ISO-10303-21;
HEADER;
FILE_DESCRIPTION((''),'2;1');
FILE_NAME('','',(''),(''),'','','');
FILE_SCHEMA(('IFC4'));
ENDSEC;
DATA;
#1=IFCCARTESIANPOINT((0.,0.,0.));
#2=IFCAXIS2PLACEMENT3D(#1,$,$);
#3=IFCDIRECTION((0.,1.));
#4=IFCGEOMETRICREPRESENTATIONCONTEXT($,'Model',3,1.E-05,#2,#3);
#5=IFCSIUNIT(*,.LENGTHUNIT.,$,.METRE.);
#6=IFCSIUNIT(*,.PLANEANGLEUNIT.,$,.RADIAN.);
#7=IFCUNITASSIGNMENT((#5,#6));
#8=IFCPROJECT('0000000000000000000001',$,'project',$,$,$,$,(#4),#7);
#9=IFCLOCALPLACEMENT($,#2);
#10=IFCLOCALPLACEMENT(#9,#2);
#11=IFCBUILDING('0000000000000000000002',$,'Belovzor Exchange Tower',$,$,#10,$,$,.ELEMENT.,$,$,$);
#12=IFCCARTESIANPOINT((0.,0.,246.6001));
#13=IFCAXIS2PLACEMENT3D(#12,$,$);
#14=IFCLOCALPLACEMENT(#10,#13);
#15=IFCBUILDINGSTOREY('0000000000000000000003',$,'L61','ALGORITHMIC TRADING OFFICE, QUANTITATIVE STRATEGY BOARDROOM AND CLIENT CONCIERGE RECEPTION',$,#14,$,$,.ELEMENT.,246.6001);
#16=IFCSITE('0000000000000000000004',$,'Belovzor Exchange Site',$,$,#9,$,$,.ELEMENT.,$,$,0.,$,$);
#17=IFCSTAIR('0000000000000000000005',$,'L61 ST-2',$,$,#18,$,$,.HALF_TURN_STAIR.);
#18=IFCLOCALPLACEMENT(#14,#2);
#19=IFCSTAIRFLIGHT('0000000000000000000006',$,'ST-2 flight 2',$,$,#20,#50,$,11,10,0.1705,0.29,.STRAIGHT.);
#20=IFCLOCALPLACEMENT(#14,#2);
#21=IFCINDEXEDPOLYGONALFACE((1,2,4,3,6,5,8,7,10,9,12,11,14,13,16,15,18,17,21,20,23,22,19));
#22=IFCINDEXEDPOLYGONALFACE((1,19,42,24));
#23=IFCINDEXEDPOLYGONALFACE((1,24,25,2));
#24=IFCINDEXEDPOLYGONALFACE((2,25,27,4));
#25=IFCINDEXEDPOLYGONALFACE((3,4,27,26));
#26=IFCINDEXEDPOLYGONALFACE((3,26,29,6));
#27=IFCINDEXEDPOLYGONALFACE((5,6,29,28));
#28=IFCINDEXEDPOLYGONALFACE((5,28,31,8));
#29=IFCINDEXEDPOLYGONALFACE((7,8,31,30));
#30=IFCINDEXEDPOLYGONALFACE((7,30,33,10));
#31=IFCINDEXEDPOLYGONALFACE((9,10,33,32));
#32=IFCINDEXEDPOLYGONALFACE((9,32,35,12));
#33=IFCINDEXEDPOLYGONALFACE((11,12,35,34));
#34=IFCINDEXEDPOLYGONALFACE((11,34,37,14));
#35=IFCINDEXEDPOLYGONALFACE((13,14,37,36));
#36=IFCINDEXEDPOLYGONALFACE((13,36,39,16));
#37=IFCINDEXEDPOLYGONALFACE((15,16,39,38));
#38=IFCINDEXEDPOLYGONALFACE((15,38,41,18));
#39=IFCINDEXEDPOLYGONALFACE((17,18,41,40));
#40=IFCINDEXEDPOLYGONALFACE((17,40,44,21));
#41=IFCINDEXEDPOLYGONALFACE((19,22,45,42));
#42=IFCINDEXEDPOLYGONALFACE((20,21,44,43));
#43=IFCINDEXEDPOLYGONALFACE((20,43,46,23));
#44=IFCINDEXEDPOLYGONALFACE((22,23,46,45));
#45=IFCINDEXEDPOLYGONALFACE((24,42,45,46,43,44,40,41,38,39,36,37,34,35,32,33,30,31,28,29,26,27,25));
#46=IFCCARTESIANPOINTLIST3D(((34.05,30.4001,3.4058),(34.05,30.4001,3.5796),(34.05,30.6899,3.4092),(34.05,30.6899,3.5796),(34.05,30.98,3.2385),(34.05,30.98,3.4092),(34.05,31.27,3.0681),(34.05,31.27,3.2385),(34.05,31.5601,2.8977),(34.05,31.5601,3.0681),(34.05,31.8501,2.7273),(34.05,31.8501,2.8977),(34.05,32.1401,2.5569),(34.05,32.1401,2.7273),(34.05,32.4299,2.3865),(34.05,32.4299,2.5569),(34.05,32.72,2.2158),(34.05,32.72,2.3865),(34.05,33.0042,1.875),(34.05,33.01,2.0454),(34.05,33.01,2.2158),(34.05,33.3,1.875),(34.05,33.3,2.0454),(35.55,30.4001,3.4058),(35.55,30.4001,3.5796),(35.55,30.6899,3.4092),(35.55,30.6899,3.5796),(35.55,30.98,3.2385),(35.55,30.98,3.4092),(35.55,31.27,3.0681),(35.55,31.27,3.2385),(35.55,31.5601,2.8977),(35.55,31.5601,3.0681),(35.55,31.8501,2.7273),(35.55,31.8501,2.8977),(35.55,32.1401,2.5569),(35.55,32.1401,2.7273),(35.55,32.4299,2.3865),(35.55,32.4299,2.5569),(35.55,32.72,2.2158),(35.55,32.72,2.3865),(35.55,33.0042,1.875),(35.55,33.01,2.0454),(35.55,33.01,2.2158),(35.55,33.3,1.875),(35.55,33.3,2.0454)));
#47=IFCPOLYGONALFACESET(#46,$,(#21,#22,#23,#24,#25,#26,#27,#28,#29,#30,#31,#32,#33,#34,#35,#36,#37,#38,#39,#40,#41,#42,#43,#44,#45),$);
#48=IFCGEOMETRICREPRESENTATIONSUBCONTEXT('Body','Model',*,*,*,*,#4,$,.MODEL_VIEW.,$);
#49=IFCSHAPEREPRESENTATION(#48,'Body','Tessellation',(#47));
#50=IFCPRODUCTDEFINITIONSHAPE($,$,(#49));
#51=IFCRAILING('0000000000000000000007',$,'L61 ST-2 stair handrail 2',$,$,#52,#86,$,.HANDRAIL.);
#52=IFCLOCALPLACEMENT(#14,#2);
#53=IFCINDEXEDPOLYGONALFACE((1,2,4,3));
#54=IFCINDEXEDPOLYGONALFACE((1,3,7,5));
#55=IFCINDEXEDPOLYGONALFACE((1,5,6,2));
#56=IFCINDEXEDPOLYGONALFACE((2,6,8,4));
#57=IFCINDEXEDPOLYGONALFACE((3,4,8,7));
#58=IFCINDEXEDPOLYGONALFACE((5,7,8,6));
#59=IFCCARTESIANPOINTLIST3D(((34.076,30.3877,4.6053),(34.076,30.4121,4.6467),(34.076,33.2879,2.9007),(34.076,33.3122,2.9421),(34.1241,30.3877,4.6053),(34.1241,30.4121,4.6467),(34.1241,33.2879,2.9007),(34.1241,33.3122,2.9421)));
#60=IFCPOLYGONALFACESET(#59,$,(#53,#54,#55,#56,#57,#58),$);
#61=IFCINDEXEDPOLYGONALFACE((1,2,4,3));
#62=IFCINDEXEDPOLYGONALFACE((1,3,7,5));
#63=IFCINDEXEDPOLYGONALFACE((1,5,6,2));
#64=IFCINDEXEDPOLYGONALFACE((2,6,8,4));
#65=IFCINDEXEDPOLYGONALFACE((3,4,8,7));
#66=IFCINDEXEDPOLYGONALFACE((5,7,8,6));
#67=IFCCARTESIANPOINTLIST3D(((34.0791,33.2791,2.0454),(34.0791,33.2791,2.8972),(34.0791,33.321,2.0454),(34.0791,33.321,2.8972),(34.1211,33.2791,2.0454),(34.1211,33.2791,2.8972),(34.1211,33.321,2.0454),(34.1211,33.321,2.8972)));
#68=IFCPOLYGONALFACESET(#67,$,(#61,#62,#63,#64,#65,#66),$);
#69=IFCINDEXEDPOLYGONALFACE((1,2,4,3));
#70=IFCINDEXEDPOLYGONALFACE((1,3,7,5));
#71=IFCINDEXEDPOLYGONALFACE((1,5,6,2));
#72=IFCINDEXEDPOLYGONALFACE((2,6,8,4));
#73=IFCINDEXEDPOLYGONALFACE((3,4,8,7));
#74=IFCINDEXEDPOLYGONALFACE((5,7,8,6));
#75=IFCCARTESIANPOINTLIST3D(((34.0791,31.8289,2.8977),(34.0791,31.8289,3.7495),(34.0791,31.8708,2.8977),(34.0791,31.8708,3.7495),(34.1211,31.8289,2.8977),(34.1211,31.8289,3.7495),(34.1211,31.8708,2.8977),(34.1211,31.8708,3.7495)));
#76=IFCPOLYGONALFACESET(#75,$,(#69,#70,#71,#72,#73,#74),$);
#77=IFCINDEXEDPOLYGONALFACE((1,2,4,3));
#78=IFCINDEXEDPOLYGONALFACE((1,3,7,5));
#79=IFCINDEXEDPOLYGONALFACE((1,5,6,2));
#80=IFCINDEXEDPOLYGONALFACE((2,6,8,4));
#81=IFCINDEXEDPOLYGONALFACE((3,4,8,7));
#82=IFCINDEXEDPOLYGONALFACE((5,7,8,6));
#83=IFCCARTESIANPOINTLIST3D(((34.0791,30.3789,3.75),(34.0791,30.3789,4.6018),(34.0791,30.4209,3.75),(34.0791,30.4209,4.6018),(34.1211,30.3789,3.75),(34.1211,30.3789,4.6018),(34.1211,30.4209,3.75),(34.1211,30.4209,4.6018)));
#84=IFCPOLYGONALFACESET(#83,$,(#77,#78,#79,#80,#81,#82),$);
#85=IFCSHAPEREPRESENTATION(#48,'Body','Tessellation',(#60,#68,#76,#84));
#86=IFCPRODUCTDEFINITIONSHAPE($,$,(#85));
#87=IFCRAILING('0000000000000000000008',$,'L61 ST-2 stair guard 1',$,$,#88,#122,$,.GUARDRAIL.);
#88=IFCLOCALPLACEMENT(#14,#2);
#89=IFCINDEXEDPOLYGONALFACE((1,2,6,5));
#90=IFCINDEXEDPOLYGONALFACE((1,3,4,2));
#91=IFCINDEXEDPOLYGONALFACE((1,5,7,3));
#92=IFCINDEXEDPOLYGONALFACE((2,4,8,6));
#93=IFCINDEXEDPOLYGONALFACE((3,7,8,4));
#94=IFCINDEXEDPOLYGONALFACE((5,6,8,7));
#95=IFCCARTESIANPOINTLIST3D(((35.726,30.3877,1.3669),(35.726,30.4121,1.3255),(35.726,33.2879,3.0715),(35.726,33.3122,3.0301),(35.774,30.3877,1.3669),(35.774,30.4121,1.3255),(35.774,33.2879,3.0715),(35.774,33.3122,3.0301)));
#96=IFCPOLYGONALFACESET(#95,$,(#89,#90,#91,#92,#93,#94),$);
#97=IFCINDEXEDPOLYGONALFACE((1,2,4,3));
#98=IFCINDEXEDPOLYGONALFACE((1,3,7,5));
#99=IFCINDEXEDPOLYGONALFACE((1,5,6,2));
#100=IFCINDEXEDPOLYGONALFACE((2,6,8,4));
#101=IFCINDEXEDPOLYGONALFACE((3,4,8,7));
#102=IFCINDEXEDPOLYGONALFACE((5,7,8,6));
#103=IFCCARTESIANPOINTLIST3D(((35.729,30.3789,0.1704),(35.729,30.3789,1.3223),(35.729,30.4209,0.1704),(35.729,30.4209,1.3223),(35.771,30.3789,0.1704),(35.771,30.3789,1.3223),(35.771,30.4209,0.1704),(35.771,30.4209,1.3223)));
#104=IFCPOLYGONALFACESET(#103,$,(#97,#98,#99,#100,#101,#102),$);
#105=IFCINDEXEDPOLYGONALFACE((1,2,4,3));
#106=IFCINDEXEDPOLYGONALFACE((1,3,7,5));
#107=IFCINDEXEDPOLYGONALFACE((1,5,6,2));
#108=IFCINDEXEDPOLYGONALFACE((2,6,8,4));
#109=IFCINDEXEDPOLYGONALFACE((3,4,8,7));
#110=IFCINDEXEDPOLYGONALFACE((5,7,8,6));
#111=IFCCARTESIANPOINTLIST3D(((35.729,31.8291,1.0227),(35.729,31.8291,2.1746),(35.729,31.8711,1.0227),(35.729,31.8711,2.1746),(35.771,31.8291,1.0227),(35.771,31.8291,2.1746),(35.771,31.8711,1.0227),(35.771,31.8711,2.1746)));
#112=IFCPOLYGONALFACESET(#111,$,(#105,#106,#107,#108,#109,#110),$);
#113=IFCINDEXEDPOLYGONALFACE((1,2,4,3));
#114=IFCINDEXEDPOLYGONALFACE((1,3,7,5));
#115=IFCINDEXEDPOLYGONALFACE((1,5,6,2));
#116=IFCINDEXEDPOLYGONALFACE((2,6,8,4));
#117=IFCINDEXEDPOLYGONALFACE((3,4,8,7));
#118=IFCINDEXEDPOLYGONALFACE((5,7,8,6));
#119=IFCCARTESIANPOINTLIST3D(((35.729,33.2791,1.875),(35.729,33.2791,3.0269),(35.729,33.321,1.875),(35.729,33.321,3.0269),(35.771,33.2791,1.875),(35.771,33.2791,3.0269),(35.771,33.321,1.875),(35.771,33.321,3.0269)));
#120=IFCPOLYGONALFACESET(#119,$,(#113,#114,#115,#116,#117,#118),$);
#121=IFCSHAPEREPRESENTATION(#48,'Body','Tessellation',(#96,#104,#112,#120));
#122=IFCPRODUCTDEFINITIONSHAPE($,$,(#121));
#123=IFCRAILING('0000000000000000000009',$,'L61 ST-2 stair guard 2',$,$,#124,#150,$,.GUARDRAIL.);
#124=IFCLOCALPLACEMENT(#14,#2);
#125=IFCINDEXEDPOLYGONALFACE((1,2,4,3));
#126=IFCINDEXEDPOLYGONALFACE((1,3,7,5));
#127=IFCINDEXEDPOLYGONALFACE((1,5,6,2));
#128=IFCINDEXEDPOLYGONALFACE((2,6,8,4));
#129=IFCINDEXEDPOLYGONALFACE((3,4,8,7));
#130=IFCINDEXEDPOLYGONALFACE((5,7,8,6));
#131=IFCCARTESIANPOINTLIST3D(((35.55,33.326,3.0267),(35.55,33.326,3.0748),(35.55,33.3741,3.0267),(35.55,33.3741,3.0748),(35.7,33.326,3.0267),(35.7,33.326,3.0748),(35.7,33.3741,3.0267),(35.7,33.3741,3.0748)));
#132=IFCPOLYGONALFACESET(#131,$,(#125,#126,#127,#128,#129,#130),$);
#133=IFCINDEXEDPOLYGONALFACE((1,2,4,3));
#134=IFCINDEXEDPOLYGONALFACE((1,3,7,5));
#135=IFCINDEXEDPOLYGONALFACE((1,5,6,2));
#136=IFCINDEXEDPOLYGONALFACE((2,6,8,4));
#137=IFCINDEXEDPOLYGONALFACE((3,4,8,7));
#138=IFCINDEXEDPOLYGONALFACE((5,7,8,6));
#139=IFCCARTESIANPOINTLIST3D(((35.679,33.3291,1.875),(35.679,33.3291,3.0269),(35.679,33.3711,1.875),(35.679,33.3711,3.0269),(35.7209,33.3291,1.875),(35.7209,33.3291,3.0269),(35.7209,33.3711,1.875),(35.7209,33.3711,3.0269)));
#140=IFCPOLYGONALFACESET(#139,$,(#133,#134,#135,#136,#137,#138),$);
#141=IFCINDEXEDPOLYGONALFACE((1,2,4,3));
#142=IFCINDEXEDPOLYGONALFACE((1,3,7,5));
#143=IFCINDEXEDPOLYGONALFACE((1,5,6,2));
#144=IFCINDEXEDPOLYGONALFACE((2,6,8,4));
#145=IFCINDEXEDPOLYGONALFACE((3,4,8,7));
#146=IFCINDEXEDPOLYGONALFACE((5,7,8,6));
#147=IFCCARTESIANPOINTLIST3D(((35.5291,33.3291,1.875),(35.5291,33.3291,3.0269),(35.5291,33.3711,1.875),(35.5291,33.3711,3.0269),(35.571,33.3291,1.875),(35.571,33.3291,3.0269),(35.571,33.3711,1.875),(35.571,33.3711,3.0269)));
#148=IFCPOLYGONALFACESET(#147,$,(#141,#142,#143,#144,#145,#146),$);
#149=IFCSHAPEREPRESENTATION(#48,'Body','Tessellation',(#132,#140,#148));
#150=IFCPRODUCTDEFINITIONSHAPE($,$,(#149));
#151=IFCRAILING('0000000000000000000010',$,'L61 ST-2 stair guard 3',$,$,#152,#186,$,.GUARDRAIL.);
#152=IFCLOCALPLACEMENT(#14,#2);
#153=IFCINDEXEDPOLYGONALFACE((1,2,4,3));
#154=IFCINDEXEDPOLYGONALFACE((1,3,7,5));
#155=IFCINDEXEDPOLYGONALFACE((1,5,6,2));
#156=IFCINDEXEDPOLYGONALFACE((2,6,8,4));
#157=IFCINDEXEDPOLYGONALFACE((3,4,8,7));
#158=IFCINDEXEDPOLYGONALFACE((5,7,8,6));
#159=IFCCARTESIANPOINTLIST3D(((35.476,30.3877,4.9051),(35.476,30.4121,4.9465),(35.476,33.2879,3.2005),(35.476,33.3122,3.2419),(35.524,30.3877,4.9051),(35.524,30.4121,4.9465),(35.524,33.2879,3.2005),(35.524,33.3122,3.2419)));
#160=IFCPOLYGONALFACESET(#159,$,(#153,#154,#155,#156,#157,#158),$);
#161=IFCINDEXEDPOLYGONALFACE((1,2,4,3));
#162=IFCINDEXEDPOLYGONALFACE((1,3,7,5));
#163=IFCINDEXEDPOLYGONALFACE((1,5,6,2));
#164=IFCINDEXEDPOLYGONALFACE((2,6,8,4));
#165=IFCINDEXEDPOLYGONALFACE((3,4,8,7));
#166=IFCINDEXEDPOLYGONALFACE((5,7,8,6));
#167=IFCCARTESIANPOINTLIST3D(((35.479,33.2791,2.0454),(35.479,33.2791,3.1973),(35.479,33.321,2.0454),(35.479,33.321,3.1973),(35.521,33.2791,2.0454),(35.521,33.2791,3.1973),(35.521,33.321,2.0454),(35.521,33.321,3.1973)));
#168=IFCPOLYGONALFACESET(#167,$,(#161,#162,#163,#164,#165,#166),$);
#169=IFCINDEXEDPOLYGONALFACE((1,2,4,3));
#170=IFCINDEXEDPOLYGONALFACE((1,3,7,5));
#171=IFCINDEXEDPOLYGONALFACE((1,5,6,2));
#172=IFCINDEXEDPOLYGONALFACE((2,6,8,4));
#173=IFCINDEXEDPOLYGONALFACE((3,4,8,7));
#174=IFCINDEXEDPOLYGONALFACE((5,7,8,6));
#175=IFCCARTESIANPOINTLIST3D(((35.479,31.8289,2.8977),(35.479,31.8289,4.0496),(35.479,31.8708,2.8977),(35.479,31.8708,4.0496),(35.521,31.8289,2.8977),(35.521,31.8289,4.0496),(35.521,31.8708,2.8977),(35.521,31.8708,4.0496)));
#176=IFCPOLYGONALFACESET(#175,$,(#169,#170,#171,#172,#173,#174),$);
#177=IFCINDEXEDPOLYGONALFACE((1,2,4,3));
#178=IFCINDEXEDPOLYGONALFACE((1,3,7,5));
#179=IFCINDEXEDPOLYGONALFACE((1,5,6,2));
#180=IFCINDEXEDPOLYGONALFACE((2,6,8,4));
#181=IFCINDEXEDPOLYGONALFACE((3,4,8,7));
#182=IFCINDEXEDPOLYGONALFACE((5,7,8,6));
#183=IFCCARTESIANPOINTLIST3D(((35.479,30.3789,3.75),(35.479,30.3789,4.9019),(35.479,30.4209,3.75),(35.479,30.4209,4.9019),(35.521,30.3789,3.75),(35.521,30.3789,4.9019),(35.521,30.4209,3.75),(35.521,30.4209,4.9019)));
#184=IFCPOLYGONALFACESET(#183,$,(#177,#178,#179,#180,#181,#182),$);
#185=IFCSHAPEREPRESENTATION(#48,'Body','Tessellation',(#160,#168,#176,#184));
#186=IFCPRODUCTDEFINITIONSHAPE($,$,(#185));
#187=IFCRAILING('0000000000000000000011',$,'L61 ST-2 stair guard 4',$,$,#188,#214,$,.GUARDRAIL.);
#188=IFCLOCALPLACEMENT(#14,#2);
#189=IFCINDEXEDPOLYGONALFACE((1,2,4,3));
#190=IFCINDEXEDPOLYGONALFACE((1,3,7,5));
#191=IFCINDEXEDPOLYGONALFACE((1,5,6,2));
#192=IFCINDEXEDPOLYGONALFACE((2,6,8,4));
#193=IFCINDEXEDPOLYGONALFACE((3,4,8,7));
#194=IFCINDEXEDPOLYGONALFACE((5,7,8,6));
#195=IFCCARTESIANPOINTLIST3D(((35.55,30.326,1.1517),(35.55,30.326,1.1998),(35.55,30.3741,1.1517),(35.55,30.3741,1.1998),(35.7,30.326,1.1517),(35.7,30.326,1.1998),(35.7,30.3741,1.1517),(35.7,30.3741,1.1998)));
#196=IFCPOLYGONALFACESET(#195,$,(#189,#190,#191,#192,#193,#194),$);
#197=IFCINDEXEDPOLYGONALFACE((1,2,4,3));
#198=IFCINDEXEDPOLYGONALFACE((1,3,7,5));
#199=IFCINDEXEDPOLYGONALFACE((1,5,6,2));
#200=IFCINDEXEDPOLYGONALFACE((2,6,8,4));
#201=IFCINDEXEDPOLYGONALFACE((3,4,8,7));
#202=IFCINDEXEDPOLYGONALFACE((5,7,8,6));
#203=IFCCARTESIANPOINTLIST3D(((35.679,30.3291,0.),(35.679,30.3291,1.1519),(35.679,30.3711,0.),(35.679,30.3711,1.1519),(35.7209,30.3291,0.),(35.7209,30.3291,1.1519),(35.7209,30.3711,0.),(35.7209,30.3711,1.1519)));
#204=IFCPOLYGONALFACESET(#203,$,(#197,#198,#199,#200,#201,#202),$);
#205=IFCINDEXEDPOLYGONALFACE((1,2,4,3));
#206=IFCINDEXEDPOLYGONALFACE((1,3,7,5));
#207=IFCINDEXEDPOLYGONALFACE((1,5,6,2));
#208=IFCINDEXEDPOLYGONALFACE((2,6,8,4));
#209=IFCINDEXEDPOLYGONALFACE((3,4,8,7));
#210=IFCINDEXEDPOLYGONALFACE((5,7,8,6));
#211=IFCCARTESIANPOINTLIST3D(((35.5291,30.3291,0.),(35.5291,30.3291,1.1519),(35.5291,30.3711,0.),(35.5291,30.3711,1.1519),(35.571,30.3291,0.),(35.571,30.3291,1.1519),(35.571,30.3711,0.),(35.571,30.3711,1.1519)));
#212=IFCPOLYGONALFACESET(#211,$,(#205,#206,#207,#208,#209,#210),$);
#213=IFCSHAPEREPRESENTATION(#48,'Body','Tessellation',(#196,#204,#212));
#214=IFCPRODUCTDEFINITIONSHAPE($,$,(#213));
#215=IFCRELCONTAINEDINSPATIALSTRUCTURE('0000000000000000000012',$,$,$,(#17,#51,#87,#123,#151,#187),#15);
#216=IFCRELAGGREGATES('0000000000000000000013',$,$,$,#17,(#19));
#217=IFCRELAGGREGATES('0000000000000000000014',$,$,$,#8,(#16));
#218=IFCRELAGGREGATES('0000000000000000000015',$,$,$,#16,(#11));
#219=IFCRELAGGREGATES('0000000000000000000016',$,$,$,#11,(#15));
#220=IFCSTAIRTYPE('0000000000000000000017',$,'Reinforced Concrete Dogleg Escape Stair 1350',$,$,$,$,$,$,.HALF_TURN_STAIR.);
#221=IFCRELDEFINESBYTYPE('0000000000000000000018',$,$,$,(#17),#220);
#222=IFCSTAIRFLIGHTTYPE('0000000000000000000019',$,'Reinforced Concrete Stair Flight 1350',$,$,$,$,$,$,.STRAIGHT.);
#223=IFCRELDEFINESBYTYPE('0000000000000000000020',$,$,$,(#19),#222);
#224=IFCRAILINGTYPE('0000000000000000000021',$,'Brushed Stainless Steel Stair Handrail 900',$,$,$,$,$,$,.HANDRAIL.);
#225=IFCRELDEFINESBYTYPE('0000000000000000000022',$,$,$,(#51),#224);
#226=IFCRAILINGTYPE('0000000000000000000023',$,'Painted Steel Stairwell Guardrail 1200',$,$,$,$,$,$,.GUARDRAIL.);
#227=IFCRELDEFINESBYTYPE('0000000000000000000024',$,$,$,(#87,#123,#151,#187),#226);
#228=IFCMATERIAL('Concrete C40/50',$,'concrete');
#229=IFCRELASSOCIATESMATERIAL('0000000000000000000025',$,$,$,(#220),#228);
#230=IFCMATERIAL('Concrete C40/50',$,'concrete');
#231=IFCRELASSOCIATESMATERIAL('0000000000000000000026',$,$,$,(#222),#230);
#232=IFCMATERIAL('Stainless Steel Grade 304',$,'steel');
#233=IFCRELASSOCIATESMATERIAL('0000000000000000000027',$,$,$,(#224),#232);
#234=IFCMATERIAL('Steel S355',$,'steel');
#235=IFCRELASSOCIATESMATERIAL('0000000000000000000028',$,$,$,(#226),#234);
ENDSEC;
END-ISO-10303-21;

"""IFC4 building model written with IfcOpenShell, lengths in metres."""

from ifc_helpers import new_model, si_unit, direction, frame, origin, origin_2d, place, context, subcontext, project, spatial, polyline, rectangle, outline, extrude, material, type_object, element, aggregate, save


model = new_model("IFC4")

# Units and contexts
model_context = context("Model", 3, precision=1e-05, world=origin(), true_north=direction((0.0, 1.0)))
body_context = subcontext(model_context, "Body", "Model", "MODEL_VIEW")
ifc_project = project(units=[si_unit("LENGTHUNIT", "METRE"), si_unit("PLANEANGLEUNIT", "RADIAN")], contexts=[model_context])

# Site, building, storey
site_placement = place(None, origin())
site = spatial("IfcSite", under=ifc_project, at=site_placement, Name="Belovzor Exchange Site", CompositionType="ELEMENT", RefElevation=0.0)
building_placement = place(site_placement, origin())
building = spatial("IfcBuilding", under=site, at=building_placement, Name="Belovzor Exchange Tower", CompositionType="ELEMENT")
storey_placement = place(building_placement, frame((0.0, 0.0, 246.6001)))
storey = spatial("IfcBuildingStorey", under=building, at=storey_placement, Name="L61", Description="ALGORITHMIC TRADING OFFICE, QUANTITATIVE STRATEGY BOARDROOM AND CLIENT CONCIERGE RECEPTION", CompositionType="ELEMENT", Elevation=246.6001)

# Stair, stair flight
ifc_material_1 = material(Name="Concrete C40/50", Category="concrete")
stair_type = type_object("IfcStairType", Name="Reinforced Concrete Dogleg Escape Stair 1350", PredefinedType="HALF_TURN_STAIR", material=ifc_material_1)
stair_placement = place(storey_placement, origin())
stair = element("IfcStair", 1, at=stair_placement, inside=storey, type_object=stair_type, Name="L61 ST-2", PredefinedType="HALF_TURN_STAIR")
ifc_material_2 = material(Name="Concrete C40/50", Category="concrete")
stair_flight_type = type_object("IfcStairFlightType", Name="Reinforced Concrete Stair Flight 1350", PredefinedType="STRAIGHT", material=ifc_material_2)
stair_flight_placement = place(storey_placement, frame((34.8, 33.3, 1.875), z_axis=(0.0, 0.0, 1.0), x_axis=(0.0, -1.0, 0.0)))
stair_flight = element("IfcStairFlight", 2, at=stair_flight_placement, type_object=stair_flight_type, Name="ST-2 flight 2", NumberOfRisers=11, NumberOfTreads=10, PredefinedType="STRAIGHT", RiserHeight=0.1705, TreadLength=0.29, context=body_context, shape_type="SweptSolid", body=[
    extrude(outline(polyline([(0.0, 0.0), (0.0, 0.1704), (0.29, 0.1704), (0.29, 0.3408), (0.5801, 0.3408), (0.5801, 0.5115), (0.8701, 0.5115), (0.8701, 0.6819), (1.1599, 0.6819), (1.1599, 0.8523), (1.45, 0.8523), (1.45, 1.0227), (1.74, 1.0227), (1.74, 1.1931), (2.03, 1.1931), (2.03, 1.3635), (2.3201, 1.3635), (2.3201, 1.5342), (2.6101, 1.5342), (2.6101, 1.7046), (2.8999, 1.7046), (2.8999, 1.875), (2.8999, 1.5308), (0.2959, 0.0), (0.0, 0.0)])), frame((0.0, 0.75, 0.0), z_axis=(0.0, -1.0, 0.0), x_axis=(1.0, 0.0, 0.0)), (0.0, 0.0, 1.0), 1.5),
])
aggregate(stair, [stair_flight])

# Railings
ifc_material_3 = material(Name="Stainless Steel Grade 304", Category="steel")
railing_type_1 = type_object("IfcRailingType", Name="Brushed Stainless Steel Stair Handrail 900", PredefinedType="HANDRAIL", material=ifc_material_3)
railing_1_placement = place(storey_placement, frame((34.1001, 33.3, 2.0454)))
element("IfcRailing", 3, at=railing_1_placement, inside=storey, type_object=railing_type_1, Name="L61 ST-2 stair handrail 2", PredefinedType="HANDRAIL", context=body_context, shape_type="SweptSolid", body=[
    extrude(rectangle(XDim=0.0481, YDim=0.0481, at=origin_2d()), frame((0.0, 0.0, 0.876), z_axis=(0.0, -0.862113, 0.506716), x_axis=(1.0, 0.0, 0.0)), (0.0, 0.0, 1.0), 3.364),
    extrude(rectangle(XDim=0.042, YDim=0.042, at=origin_2d()), origin(), (0.0, 0.0, 1.0), 0.8518),
    extrude(rectangle(XDim=0.042, YDim=0.042, at=origin_2d()), frame((0.0, -1.4502, 0.8523)), (0.0, 0.0, 1.0), 0.8518),
    extrude(rectangle(XDim=0.042, YDim=0.042, at=origin_2d()), frame((0.0, -2.9001, 1.7046)), (0.0, 0.0, 1.0), 0.8518),
])
ifc_material_4 = material(Name="Steel S355", Category="steel")
railing_type_2 = type_object("IfcRailingType", Name="Painted Steel Stairwell Guardrail 1200", PredefinedType="GUARDRAIL", material=ifc_material_4)
railing_2_placement = place(storey_placement, frame((35.75, 30.3999, 0.1704)))
element("IfcRailing", 4, at=railing_2_placement, inside=storey, type_object=railing_type_2, Name="L61 ST-2 stair guard 1", PredefinedType="GUARDRAIL", context=body_context, shape_type="SweptSolid", body=[
    extrude(rectangle(XDim=0.0481, YDim=0.0481, at=origin_2d()), frame((0.0, 0.0, 1.1758), z_axis=(0.0, 0.862113, 0.506716), x_axis=(-1.0, 0.0, 0.0)), (0.0, 0.0, 1.0), 3.364),
    extrude(rectangle(XDim=0.042, YDim=0.042, at=origin_2d()), origin(), (0.0, 0.0, 1.0), 1.1519),
    extrude(rectangle(XDim=0.042, YDim=0.042, at=origin_2d()), frame((0.0, 1.4502, 0.8523)), (0.0, 0.0, 1.0), 1.1519),
    extrude(rectangle(XDim=0.042, YDim=0.042, at=origin_2d()), frame((0.0, 2.9001, 1.7046)), (0.0, 0.0, 1.0), 1.1519),
])
railing_3_placement = place(storey_placement, frame((35.7, 33.3501, 1.875)))
element("IfcRailing", 5, at=railing_3_placement, inside=storey, type_object=railing_type_2, Name="L61 ST-2 stair guard 2", PredefinedType="GUARDRAIL", context=body_context, shape_type="SweptSolid", body=[
    extrude(rectangle(XDim=0.0481, YDim=0.0481, at=origin_2d()), frame((0.0, 0.0, 1.1758), z_axis=(-1.0, 0.0, 0.0), x_axis=(0.0, -1.0, 0.0)), (0.0, 0.0, 1.0), 0.1499),
    extrude(rectangle(XDim=0.042, YDim=0.042, at=origin_2d()), origin(), (0.0, 0.0, 1.0), 1.1519),
    extrude(rectangle(XDim=0.042, YDim=0.042, at=origin_2d()), frame((-0.1499, 0.0, 0.0)), (0.0, 0.0, 1.0), 1.1519),
])
railing_4_placement = place(storey_placement, frame((35.5, 33.3, 2.0454)))
element("IfcRailing", 6, at=railing_4_placement, inside=storey, type_object=railing_type_2, Name="L61 ST-2 stair guard 3", PredefinedType="GUARDRAIL", context=body_context, shape_type="SweptSolid", body=[
    extrude(rectangle(XDim=0.0481, YDim=0.0481, at=origin_2d()), frame((0.0, 0.0, 1.1758), z_axis=(0.0, -0.862113, 0.506716), x_axis=(1.0, 0.0, 0.0)), (0.0, 0.0, 1.0), 3.364),
    extrude(rectangle(XDim=0.042, YDim=0.042, at=origin_2d()), origin(), (0.0, 0.0, 1.0), 1.1519),
    extrude(rectangle(XDim=0.042, YDim=0.042, at=origin_2d()), frame((0.0, -1.4502, 0.8523)), (0.0, 0.0, 1.0), 1.1519),
    extrude(rectangle(XDim=0.042, YDim=0.042, at=origin_2d()), frame((0.0, -2.9001, 1.7046)), (0.0, 0.0, 1.0), 1.1519),
])
railing_5_placement = place(storey_placement, frame((35.7, 30.3501, 0.0)))
element("IfcRailing", 7, at=railing_5_placement, inside=storey, type_object=railing_type_2, Name="L61 ST-2 stair guard 4", PredefinedType="GUARDRAIL", context=body_context, shape_type="SweptSolid", body=[
    extrude(rectangle(XDim=0.0481, YDim=0.0481, at=origin_2d()), frame((0.0, 0.0, 1.1758), z_axis=(-1.0, 0.0, 0.0), x_axis=(0.0, -1.0, 0.0)), (0.0, 0.0, 1.0), 0.1499),
    extrude(rectangle(XDim=0.042, YDim=0.042, at=origin_2d()), origin(), (0.0, 0.0, 1.0), 1.1519),
    extrude(rectangle(XDim=0.042, YDim=0.042, at=origin_2d()), frame((-0.1499, 0.0, 0.0)), (0.0, 0.0, 1.0), 1.1519),
])

save(model, "model.ifc")
